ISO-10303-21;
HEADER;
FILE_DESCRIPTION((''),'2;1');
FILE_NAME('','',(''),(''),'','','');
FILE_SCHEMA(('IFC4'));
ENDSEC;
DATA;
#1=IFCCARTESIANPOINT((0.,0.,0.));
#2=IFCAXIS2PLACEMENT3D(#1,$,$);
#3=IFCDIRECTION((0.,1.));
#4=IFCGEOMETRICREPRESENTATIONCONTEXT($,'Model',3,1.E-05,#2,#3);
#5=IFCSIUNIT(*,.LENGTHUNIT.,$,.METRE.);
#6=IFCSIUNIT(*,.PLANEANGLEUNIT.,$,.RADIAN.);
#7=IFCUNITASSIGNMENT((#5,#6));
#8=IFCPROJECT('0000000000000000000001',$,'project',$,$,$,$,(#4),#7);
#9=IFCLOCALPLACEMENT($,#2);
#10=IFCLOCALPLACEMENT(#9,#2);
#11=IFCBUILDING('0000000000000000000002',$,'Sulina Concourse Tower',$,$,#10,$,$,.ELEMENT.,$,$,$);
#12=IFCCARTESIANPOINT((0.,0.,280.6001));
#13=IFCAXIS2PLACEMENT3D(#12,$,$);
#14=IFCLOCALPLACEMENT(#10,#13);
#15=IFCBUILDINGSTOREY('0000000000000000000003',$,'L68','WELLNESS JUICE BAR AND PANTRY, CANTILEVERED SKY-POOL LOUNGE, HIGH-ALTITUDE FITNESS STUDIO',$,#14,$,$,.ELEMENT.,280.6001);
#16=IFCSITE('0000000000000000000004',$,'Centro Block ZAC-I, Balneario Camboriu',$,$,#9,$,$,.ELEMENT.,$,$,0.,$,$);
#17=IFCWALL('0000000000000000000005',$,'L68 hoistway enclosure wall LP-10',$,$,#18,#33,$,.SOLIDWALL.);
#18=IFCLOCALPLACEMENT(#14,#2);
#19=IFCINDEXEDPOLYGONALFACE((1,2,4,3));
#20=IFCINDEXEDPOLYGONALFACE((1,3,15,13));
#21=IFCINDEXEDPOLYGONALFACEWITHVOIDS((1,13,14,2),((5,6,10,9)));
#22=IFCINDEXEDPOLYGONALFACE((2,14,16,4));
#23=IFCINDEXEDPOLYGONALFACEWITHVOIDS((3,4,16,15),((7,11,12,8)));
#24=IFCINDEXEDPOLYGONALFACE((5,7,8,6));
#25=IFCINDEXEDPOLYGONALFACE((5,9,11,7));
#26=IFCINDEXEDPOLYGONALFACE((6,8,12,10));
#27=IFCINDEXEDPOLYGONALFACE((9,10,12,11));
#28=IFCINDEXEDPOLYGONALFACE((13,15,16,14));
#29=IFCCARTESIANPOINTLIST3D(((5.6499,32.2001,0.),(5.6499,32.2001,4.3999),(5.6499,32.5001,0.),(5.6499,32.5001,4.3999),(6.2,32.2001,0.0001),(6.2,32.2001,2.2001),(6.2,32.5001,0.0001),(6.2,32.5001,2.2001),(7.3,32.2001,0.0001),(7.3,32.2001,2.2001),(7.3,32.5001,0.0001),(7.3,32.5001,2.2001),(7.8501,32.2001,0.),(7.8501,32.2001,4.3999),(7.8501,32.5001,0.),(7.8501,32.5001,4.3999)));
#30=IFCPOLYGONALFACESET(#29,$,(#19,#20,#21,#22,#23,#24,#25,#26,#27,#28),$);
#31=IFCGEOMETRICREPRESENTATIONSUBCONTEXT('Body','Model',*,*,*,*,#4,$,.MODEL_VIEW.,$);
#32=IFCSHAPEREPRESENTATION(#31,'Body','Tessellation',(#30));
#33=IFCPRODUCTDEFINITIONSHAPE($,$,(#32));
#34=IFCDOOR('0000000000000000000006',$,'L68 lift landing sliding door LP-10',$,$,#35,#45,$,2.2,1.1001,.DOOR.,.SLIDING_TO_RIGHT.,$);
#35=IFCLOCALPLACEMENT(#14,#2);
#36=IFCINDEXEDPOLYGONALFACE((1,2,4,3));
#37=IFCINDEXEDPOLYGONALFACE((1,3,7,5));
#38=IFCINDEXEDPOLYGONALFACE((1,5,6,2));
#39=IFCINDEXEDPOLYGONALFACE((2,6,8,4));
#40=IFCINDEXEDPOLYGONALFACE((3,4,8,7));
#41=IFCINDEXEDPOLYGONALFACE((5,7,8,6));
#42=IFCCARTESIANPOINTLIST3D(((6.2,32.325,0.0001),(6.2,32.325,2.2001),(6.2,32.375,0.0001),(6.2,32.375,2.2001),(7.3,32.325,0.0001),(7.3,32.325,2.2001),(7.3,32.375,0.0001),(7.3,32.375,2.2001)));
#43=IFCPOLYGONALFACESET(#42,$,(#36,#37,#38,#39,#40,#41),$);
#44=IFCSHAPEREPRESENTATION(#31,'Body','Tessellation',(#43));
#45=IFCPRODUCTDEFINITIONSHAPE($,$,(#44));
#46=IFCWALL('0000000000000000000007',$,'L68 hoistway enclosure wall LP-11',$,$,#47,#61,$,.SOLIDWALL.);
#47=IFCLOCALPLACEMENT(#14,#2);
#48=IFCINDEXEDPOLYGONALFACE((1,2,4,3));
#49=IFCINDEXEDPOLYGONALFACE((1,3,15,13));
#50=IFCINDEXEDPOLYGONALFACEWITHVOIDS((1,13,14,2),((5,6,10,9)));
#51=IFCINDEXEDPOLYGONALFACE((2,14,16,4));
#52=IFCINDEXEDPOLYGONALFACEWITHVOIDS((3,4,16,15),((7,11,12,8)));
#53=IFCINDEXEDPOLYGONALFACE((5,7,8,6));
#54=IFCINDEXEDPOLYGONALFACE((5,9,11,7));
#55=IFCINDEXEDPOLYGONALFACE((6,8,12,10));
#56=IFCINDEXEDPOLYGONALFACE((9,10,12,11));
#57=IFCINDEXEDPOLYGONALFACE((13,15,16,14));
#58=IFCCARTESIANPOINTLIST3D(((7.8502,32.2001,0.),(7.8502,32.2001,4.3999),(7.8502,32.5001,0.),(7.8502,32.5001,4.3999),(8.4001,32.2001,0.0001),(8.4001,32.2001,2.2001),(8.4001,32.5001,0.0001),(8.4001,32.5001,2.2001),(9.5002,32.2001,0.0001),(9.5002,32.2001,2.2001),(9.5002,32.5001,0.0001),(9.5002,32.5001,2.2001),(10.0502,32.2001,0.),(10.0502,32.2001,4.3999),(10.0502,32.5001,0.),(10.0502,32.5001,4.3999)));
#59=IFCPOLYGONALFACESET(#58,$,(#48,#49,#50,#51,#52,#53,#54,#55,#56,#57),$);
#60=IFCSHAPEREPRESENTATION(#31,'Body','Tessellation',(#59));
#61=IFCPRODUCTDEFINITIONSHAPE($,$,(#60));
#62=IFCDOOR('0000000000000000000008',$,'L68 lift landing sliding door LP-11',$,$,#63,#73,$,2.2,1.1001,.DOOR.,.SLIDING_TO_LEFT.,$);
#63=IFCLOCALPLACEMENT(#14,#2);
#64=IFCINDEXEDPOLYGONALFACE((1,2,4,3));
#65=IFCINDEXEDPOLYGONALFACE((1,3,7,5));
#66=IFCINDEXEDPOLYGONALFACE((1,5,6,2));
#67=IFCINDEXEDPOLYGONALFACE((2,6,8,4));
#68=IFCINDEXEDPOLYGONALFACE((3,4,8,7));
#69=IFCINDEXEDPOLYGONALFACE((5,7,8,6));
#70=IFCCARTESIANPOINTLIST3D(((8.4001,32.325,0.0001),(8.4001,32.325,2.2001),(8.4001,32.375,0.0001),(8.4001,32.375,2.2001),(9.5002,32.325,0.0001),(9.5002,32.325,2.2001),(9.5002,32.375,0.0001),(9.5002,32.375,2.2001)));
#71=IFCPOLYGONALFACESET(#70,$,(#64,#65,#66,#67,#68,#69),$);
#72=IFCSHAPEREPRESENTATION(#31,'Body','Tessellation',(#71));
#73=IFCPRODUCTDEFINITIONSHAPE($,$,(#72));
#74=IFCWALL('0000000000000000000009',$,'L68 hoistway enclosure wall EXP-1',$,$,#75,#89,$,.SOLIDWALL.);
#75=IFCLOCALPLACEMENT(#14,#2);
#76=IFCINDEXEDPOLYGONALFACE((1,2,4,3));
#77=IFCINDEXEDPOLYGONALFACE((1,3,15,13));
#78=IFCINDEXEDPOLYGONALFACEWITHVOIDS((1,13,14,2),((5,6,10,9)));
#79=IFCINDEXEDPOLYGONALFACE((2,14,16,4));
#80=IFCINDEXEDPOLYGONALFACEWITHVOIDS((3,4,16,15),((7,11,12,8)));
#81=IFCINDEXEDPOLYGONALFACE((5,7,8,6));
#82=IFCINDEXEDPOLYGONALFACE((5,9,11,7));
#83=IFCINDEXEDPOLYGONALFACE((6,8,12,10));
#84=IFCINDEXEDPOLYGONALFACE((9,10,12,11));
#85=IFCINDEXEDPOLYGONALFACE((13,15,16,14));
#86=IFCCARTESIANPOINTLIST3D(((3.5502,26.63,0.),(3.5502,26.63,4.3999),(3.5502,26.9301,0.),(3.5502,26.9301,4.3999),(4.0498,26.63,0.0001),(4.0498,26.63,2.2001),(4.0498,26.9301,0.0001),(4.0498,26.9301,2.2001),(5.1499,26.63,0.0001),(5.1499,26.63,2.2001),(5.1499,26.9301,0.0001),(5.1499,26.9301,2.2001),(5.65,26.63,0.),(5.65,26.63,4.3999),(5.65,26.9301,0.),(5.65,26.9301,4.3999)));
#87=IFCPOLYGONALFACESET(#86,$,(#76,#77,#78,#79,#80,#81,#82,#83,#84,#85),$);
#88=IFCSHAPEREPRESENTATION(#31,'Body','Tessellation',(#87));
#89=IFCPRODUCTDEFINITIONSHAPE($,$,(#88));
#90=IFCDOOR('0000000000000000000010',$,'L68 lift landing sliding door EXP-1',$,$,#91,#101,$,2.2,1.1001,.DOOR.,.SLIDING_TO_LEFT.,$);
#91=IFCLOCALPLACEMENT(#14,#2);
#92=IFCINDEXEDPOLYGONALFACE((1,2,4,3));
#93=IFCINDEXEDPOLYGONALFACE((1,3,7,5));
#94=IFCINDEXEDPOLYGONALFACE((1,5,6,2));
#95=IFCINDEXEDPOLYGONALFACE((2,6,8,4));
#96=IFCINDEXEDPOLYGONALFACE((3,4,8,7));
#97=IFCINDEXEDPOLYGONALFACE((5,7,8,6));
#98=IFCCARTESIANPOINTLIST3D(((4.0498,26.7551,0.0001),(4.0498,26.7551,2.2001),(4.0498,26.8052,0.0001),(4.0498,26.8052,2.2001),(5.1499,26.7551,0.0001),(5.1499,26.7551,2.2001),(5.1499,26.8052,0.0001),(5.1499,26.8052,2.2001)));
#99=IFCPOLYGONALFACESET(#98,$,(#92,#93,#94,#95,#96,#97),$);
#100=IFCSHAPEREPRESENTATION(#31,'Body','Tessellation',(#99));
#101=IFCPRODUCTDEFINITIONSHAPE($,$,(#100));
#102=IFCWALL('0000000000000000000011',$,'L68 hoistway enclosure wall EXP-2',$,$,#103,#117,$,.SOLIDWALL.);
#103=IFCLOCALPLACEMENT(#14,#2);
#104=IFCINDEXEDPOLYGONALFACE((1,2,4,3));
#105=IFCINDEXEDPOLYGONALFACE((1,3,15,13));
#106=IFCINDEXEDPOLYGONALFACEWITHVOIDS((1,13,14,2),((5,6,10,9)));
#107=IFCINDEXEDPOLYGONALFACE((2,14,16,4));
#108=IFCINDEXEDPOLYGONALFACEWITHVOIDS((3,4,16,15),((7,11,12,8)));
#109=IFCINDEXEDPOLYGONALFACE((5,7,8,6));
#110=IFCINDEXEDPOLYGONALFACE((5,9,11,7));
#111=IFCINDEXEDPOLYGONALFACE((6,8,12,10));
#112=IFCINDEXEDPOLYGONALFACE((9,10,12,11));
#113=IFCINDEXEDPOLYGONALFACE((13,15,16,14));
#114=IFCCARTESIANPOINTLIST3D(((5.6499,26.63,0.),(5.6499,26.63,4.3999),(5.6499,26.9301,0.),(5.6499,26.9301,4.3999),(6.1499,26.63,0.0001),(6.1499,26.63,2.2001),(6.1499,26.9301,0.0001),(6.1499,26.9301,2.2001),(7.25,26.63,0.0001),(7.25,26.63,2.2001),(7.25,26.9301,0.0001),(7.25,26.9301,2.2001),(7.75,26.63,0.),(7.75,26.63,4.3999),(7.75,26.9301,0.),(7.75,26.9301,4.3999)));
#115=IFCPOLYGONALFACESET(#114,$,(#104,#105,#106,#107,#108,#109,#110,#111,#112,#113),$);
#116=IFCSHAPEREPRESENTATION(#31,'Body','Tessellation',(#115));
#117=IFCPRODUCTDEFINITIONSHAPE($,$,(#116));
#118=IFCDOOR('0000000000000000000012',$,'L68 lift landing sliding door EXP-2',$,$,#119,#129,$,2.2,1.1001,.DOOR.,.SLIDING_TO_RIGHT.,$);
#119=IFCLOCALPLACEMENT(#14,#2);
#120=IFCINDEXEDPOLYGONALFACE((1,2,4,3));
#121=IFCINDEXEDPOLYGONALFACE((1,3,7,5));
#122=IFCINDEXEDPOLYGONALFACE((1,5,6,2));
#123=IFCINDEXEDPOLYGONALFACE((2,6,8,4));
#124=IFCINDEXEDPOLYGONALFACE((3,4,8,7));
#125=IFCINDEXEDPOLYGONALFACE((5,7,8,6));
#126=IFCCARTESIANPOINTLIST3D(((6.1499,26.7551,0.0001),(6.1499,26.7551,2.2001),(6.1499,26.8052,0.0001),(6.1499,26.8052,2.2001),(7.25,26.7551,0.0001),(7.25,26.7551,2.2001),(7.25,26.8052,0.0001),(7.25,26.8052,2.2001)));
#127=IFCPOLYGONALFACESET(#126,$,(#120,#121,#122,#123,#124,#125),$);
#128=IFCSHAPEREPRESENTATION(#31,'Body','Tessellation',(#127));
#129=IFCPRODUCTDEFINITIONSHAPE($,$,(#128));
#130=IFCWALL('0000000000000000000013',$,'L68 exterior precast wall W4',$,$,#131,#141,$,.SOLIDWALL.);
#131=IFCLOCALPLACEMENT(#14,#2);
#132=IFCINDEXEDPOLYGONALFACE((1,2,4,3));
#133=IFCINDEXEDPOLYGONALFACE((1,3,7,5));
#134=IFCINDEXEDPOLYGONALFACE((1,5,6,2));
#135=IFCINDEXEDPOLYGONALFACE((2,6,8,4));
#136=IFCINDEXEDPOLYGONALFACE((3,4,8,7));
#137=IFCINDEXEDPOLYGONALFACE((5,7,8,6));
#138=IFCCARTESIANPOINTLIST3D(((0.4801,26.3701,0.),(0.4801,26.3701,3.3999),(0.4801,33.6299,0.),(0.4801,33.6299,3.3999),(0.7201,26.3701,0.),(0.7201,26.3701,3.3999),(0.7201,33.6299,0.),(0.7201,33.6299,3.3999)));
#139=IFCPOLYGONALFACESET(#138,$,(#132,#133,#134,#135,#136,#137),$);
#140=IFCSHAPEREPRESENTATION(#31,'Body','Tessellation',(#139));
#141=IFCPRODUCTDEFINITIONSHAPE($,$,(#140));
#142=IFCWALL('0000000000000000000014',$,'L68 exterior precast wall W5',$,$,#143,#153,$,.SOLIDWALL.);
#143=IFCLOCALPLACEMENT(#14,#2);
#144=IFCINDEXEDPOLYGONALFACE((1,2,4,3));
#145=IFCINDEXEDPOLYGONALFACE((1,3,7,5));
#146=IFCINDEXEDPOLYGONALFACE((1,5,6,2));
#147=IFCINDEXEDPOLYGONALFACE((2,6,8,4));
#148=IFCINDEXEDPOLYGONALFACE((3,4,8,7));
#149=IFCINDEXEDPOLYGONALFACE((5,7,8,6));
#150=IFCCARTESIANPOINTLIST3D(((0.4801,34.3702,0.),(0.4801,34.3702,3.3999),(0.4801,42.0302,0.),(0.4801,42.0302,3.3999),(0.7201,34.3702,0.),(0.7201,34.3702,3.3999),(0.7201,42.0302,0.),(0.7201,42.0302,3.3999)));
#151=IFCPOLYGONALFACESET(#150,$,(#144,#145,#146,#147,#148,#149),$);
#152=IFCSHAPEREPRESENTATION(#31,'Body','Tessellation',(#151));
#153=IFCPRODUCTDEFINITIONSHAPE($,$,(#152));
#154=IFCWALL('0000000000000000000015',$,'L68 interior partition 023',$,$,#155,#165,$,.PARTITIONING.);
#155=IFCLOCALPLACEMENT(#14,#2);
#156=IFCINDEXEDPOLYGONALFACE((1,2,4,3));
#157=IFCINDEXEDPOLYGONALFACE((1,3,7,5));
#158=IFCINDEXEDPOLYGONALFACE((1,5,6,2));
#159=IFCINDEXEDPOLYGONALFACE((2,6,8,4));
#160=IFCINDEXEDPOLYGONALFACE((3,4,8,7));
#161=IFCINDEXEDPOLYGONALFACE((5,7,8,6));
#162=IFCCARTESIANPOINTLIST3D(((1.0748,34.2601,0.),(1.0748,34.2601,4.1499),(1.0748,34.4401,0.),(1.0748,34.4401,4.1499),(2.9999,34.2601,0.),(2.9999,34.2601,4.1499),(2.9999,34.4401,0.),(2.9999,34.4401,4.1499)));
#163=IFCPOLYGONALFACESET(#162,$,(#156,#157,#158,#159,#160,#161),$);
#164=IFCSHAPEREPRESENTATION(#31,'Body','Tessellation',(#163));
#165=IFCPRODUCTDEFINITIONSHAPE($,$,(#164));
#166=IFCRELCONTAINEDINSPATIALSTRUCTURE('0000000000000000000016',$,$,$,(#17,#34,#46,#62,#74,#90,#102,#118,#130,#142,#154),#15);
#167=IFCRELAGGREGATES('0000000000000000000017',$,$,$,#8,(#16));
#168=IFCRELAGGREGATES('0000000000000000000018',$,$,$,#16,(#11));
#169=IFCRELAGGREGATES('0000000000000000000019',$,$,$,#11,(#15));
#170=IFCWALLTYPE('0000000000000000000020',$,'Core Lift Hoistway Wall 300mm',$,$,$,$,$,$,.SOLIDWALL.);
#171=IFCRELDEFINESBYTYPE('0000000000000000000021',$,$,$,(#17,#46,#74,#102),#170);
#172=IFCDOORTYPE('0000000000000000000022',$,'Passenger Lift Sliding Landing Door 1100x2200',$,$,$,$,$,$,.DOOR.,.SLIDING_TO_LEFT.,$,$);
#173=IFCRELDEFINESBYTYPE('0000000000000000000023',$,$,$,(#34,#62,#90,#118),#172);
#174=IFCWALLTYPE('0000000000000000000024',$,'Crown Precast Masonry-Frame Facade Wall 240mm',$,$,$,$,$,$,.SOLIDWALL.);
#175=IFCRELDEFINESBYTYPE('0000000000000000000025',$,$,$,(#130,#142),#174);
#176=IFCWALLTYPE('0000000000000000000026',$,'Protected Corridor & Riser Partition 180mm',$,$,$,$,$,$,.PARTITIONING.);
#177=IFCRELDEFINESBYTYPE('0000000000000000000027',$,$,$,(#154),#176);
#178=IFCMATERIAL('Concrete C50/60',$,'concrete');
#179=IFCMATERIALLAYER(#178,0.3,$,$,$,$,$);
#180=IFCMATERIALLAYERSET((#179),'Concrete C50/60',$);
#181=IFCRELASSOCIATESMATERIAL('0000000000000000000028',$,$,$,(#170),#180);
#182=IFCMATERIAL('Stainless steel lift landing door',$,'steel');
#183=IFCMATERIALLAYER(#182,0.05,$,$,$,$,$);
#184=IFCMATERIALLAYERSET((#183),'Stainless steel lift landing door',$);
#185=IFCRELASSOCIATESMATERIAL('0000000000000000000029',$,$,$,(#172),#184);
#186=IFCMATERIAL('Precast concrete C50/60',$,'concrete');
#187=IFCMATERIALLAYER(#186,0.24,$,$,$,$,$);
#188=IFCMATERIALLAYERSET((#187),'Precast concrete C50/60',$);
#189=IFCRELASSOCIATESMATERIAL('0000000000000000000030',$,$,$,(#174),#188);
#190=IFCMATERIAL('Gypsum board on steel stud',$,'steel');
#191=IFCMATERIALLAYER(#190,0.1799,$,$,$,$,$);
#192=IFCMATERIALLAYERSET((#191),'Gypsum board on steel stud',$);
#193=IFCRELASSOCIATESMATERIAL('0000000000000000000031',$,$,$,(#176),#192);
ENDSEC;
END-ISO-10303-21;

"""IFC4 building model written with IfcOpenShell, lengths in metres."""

from ifc_helpers import new_model, si_unit, direction, frame, frame_2d, origin, place, context, subcontext, project, spatial, rectangle, extrude, material, layer, layer_set, type_object, element, fill, save


model = new_model("IFC4")

# Units and contexts
model_context = context("Model", 3, precision=1e-05, world=origin(), true_north=direction((0.0, 1.0)))
body_context = subcontext(model_context, "Body", "Model", "MODEL_VIEW")
ifc_project = project(units=[si_unit("LENGTHUNIT", "METRE"), si_unit("PLANEANGLEUNIT", "RADIAN")], contexts=[model_context])

# Site, building, storey
site_placement = place(None, origin())
site = spatial("IfcSite", under=ifc_project, at=site_placement, Name="Centro Block ZAC-I, Balneario Camboriu", CompositionType="ELEMENT", RefElevation=0.0)
building_placement = place(site_placement, origin())
building = spatial("IfcBuilding", under=site, at=building_placement, Name="Sulina Concourse Tower", CompositionType="ELEMENT")
storey_placement = place(building_placement, frame((0.0, 0.0, 280.6001)))
storey = spatial("IfcBuildingStorey", under=building, at=storey_placement, Name="L68", Description="WELLNESS JUICE BAR AND PANTRY, CANTILEVERED SKY-POOL LOUNGE, HIGH-ALTITUDE FITNESS STUDIO", CompositionType="ELEMENT", Elevation=280.6001)

# Walls, openings, doors
ifc_material_1 = material(Name="Concrete C50/60", Category="concrete")
ifc_layer_1 = layer(ifc_material_1, 0.3)
ifc_layer_set_1 = layer_set([ifc_layer_1], Name="Concrete C50/60")
wall_type_1 = type_object("IfcWallType", Name="Core Lift Hoistway Wall 300mm", PredefinedType="SOLIDWALL", material=ifc_layer_set_1)
ifc_material_2 = material(Name="Stainless steel lift landing door", Category="steel")
ifc_layer_2 = layer(ifc_material_2, 0.05)
ifc_layer_set_2 = layer_set([ifc_layer_2], Name="Stainless steel lift landing door")
door_type_1 = type_object("IfcDoorType", Name="Passenger Lift Sliding Landing Door 1100x2200", OperationType="SLIDING_TO_LEFT", PredefinedType="DOOR", material=ifc_layer_set_2)
wall_1_placement = place(storey_placement, frame((5.6499, 32.3501, 0.0), z_axis=(0.0, 0.0, 1.0), x_axis=(1.0, 0.0, 0.0)))
wall_1 = element("IfcWall", 1, at=wall_1_placement, inside=storey, type_object=wall_type_1, Name="L68 hoistway enclosure wall LP-10", PredefinedType="SOLIDWALL", context=body_context, shape_type="SweptSolid", body=[
    extrude(rectangle(XDim=2.2002, YDim=0.3, at=frame_2d((1.1001, 0.0))), origin(), (0.0, 0.0, 1.0), 4.3999),
])
opening_1_placement = place(wall_1_placement, frame((0.55, 0.0, 0.0)))
opening_1 = element("IfcOpeningElement", 2, at=opening_1_placement, cuts=wall_1, PredefinedType="OPENING", context=body_context, shape_type="SweptSolid", body=[
    extrude(rectangle(XDim=1.1001, YDim=2.2, at=frame_2d((0.55, 1.1001))), frame((0.0, 0.1599, 0.0), z_axis=(0.0, -1.0, 0.0), x_axis=(1.0, 0.0, 0.0)), (0.0, 0.0, 1.0), 0.3201),
])
door_1_placement = place(opening_1_placement, origin())
door_1 = element("IfcDoor", 3, at=door_1_placement, inside=storey, type_object=door_type_1, Name="L68 lift landing sliding door LP-10", OperationType="SLIDING_TO_RIGHT", OverallHeight=2.2, OverallWidth=1.1001, PredefinedType="DOOR", context=body_context, shape_type="SweptSolid", body=[
    extrude(rectangle(XDim=1.1001, YDim=2.2, at=frame_2d((0.55, 1.1001))), frame((0.0, 0.0249, 0.0), z_axis=(0.0, -1.0, 0.0), x_axis=(1.0, 0.0, 0.0)), (0.0, 0.0, 1.0), 0.05),
])
fill(opening_1, door_1)
wall_2_placement = place(storey_placement, frame((7.8501, 32.3501, 0.0), z_axis=(0.0, 0.0, 1.0), x_axis=(1.0, 0.0, 0.0)))
wall_2 = element("IfcWall", 4, at=wall_2_placement, inside=storey, type_object=wall_type_1, Name="L68 hoistway enclosure wall LP-11", PredefinedType="SOLIDWALL", context=body_context, shape_type="SweptSolid", body=[
    extrude(rectangle(XDim=2.2, YDim=0.3, at=frame_2d((1.1001, 0.0))), origin(), (0.0, 0.0, 1.0), 4.3999),
])
opening_2_placement = place(wall_2_placement, frame((0.55, 0.0, 0.0)))
opening_2 = element("IfcOpeningElement", 5, at=opening_2_placement, cuts=wall_2, PredefinedType="OPENING", context=body_context, shape_type="SweptSolid", body=[
    extrude(rectangle(XDim=1.1001, YDim=2.2, at=frame_2d((0.55, 1.1001))), frame((0.0, 0.1599, 0.0), z_axis=(0.0, -1.0, 0.0), x_axis=(1.0, 0.0, 0.0)), (0.0, 0.0, 1.0), 0.3201),
])
door_2_placement = place(opening_2_placement, origin())
door_2 = element("IfcDoor", 6, at=door_2_placement, inside=storey, type_object=door_type_1, Name="L68 lift landing sliding door LP-11", OperationType="SLIDING_TO_LEFT", OverallHeight=2.2, OverallWidth=1.1001, PredefinedType="DOOR", context=body_context, shape_type="SweptSolid", body=[
    extrude(rectangle(XDim=1.1001, YDim=2.2, at=frame_2d((0.55, 1.1001))), frame((0.0, 0.0249, 0.0), z_axis=(0.0, -1.0, 0.0), x_axis=(1.0, 0.0, 0.0)), (0.0, 0.0, 1.0), 0.05),
])
fill(opening_2, door_2)
wall_3_placement = place(storey_placement, frame((5.6499, 26.78, 0.0), z_axis=(0.0, 0.0, 1.0), x_axis=(-1.0, 0.0, 0.0)))
wall_3 = element("IfcWall", 7, at=wall_3_placement, inside=storey, type_object=wall_type_1, Name="L68 hoistway enclosure wall EXP-1", PredefinedType="SOLIDWALL", context=body_context, shape_type="SweptSolid", body=[
    extrude(rectangle(XDim=2.0999, YDim=0.3, at=frame_2d((1.0498, 0.0))), origin(), (0.0, 0.0, 1.0), 4.3999),
])
opening_3_placement = place(wall_3_placement, frame((0.5, 0.0, 0.0)))
opening_3 = element("IfcOpeningElement", 8, at=opening_3_placement, cuts=wall_3, PredefinedType="OPENING", context=body_context, shape_type="SweptSolid", body=[
    extrude(rectangle(XDim=1.1001, YDim=2.2, at=frame_2d((0.55, 1.1001))), frame((0.0, 0.1599, 0.0), z_axis=(0.0, -1.0, 0.0), x_axis=(1.0, 0.0, 0.0)), (0.0, 0.0, 1.0), 0.3201),
])
door_3_placement = place(opening_3_placement, origin())
door_3 = element("IfcDoor", 9, at=door_3_placement, inside=storey, type_object=door_type_1, Name="L68 lift landing sliding door EXP-1", OperationType="SLIDING_TO_LEFT", OverallHeight=2.2, OverallWidth=1.1001, PredefinedType="DOOR", context=body_context, shape_type="SweptSolid", body=[
    extrude(rectangle(XDim=1.1001, YDim=2.2, at=frame_2d((0.55, 1.1001))), frame((0.0, 0.0249, 0.0), z_axis=(0.0, -1.0, 0.0), x_axis=(1.0, 0.0, 0.0)), (0.0, 0.0, 1.0), 0.05),
])
fill(opening_3, door_3)
wall_4_placement = place(storey_placement, frame((7.75, 26.78, 0.0), z_axis=(0.0, 0.0, 1.0), x_axis=(-1.0, 0.0, 0.0)))
wall_4 = element("IfcWall", 10, at=wall_4_placement, inside=storey, type_object=wall_type_1, Name="L68 hoistway enclosure wall EXP-2", PredefinedType="SOLIDWALL", context=body_context, shape_type="SweptSolid", body=[
    extrude(rectangle(XDim=2.1001, YDim=0.3, at=frame_2d((1.05, 0.0))), origin(), (0.0, 0.0, 1.0), 4.3999),
])
opening_4_placement = place(wall_4_placement, frame((0.5, 0.0, 0.0)))
opening_4 = element("IfcOpeningElement", 11, at=opening_4_placement, cuts=wall_4, PredefinedType="OPENING", context=body_context, shape_type="SweptSolid", body=[
    extrude(rectangle(XDim=1.1001, YDim=2.2, at=frame_2d((0.55, 1.1001))), frame((0.0, 0.1599, 0.0), z_axis=(0.0, -1.0, 0.0), x_axis=(1.0, 0.0, 0.0)), (0.0, 0.0, 1.0), 0.3201),
])
door_4_placement = place(opening_4_placement, origin())
door_4 = element("IfcDoor", 12, at=door_4_placement, inside=storey, type_object=door_type_1, Name="L68 lift landing sliding door EXP-2", OperationType="SLIDING_TO_RIGHT", OverallHeight=2.2, OverallWidth=1.1001, PredefinedType="DOOR", context=body_context, shape_type="SweptSolid", body=[
    extrude(rectangle(XDim=1.1001, YDim=2.2, at=frame_2d((0.55, 1.1001))), frame((0.0, 0.0249, 0.0), z_axis=(0.0, -1.0, 0.0), x_axis=(1.0, 0.0, 0.0)), (0.0, 0.0, 1.0), 0.05),
])
fill(opening_4, door_4)

# Walls
ifc_material_3 = material(Name="Precast concrete C50/60", Category="concrete")
ifc_layer_3 = layer(ifc_material_3, 0.24)
ifc_layer_set_3 = layer_set([ifc_layer_3], Name="Precast concrete C50/60")
wall_type_2 = type_object("IfcWallType", Name="Crown Precast Masonry-Frame Facade Wall 240mm", PredefinedType="SOLIDWALL", material=ifc_layer_set_3)
wall_5_placement = place(storey_placement, frame((0.6001, 26.3701, 0.0), z_axis=(0.0, 0.0, 1.0), x_axis=(0.0, 1.0, 0.0)))
element("IfcWall", 13, at=wall_5_placement, inside=storey, type_object=wall_type_2, Name="L68 exterior precast wall W4", PredefinedType="SOLIDWALL", context=body_context, shape_type="SweptSolid", body=[
    extrude(rectangle(XDim=7.2598, YDim=0.24, at=frame_2d((3.6299, 0.0))), origin(), (0.0, 0.0, 1.0), 3.3999),
])
wall_6_placement = place(storey_placement, frame((0.6001, 34.3701, 0.0), z_axis=(0.0, 0.0, 1.0), x_axis=(0.0, 1.0, 0.0)))
element("IfcWall", 14, at=wall_6_placement, inside=storey, type_object=wall_type_2, Name="L68 exterior precast wall W5", PredefinedType="SOLIDWALL", context=body_context, shape_type="SweptSolid", body=[
    extrude(rectangle(XDim=7.6599, YDim=0.24, at=frame_2d((3.8301, 0.0))), origin(), (0.0, 0.0, 1.0), 3.3999),
])
ifc_material_4 = material(Name="Gypsum board on steel stud", Category="steel")
ifc_layer_4 = layer(ifc_material_4, 0.1799)
ifc_layer_set_4 = layer_set([ifc_layer_4], Name="Gypsum board on steel stud")
wall_type_3 = type_object("IfcWallType", Name="Protected Corridor & Riser Partition 180mm", PredefinedType="PARTITIONING", material=ifc_layer_set_4)
wall_7_placement = place(storey_placement, frame((1.075, 34.3501, 0.0), z_axis=(0.0, 0.0, 1.0), x_axis=(1.0, 0.0, 0.0)))
element("IfcWall", 15, at=wall_7_placement, inside=storey, type_object=wall_type_3, Name="L68 interior partition 023", PredefinedType="PARTITIONING", context=body_context, shape_type="SweptSolid", body=[
    extrude(rectangle(XDim=1.925, YDim=0.1799, at=frame_2d((0.9624, 0.0))), origin(), (0.0, 0.0, 1.0), 4.1499),
])

save(model, "model.ifc")
